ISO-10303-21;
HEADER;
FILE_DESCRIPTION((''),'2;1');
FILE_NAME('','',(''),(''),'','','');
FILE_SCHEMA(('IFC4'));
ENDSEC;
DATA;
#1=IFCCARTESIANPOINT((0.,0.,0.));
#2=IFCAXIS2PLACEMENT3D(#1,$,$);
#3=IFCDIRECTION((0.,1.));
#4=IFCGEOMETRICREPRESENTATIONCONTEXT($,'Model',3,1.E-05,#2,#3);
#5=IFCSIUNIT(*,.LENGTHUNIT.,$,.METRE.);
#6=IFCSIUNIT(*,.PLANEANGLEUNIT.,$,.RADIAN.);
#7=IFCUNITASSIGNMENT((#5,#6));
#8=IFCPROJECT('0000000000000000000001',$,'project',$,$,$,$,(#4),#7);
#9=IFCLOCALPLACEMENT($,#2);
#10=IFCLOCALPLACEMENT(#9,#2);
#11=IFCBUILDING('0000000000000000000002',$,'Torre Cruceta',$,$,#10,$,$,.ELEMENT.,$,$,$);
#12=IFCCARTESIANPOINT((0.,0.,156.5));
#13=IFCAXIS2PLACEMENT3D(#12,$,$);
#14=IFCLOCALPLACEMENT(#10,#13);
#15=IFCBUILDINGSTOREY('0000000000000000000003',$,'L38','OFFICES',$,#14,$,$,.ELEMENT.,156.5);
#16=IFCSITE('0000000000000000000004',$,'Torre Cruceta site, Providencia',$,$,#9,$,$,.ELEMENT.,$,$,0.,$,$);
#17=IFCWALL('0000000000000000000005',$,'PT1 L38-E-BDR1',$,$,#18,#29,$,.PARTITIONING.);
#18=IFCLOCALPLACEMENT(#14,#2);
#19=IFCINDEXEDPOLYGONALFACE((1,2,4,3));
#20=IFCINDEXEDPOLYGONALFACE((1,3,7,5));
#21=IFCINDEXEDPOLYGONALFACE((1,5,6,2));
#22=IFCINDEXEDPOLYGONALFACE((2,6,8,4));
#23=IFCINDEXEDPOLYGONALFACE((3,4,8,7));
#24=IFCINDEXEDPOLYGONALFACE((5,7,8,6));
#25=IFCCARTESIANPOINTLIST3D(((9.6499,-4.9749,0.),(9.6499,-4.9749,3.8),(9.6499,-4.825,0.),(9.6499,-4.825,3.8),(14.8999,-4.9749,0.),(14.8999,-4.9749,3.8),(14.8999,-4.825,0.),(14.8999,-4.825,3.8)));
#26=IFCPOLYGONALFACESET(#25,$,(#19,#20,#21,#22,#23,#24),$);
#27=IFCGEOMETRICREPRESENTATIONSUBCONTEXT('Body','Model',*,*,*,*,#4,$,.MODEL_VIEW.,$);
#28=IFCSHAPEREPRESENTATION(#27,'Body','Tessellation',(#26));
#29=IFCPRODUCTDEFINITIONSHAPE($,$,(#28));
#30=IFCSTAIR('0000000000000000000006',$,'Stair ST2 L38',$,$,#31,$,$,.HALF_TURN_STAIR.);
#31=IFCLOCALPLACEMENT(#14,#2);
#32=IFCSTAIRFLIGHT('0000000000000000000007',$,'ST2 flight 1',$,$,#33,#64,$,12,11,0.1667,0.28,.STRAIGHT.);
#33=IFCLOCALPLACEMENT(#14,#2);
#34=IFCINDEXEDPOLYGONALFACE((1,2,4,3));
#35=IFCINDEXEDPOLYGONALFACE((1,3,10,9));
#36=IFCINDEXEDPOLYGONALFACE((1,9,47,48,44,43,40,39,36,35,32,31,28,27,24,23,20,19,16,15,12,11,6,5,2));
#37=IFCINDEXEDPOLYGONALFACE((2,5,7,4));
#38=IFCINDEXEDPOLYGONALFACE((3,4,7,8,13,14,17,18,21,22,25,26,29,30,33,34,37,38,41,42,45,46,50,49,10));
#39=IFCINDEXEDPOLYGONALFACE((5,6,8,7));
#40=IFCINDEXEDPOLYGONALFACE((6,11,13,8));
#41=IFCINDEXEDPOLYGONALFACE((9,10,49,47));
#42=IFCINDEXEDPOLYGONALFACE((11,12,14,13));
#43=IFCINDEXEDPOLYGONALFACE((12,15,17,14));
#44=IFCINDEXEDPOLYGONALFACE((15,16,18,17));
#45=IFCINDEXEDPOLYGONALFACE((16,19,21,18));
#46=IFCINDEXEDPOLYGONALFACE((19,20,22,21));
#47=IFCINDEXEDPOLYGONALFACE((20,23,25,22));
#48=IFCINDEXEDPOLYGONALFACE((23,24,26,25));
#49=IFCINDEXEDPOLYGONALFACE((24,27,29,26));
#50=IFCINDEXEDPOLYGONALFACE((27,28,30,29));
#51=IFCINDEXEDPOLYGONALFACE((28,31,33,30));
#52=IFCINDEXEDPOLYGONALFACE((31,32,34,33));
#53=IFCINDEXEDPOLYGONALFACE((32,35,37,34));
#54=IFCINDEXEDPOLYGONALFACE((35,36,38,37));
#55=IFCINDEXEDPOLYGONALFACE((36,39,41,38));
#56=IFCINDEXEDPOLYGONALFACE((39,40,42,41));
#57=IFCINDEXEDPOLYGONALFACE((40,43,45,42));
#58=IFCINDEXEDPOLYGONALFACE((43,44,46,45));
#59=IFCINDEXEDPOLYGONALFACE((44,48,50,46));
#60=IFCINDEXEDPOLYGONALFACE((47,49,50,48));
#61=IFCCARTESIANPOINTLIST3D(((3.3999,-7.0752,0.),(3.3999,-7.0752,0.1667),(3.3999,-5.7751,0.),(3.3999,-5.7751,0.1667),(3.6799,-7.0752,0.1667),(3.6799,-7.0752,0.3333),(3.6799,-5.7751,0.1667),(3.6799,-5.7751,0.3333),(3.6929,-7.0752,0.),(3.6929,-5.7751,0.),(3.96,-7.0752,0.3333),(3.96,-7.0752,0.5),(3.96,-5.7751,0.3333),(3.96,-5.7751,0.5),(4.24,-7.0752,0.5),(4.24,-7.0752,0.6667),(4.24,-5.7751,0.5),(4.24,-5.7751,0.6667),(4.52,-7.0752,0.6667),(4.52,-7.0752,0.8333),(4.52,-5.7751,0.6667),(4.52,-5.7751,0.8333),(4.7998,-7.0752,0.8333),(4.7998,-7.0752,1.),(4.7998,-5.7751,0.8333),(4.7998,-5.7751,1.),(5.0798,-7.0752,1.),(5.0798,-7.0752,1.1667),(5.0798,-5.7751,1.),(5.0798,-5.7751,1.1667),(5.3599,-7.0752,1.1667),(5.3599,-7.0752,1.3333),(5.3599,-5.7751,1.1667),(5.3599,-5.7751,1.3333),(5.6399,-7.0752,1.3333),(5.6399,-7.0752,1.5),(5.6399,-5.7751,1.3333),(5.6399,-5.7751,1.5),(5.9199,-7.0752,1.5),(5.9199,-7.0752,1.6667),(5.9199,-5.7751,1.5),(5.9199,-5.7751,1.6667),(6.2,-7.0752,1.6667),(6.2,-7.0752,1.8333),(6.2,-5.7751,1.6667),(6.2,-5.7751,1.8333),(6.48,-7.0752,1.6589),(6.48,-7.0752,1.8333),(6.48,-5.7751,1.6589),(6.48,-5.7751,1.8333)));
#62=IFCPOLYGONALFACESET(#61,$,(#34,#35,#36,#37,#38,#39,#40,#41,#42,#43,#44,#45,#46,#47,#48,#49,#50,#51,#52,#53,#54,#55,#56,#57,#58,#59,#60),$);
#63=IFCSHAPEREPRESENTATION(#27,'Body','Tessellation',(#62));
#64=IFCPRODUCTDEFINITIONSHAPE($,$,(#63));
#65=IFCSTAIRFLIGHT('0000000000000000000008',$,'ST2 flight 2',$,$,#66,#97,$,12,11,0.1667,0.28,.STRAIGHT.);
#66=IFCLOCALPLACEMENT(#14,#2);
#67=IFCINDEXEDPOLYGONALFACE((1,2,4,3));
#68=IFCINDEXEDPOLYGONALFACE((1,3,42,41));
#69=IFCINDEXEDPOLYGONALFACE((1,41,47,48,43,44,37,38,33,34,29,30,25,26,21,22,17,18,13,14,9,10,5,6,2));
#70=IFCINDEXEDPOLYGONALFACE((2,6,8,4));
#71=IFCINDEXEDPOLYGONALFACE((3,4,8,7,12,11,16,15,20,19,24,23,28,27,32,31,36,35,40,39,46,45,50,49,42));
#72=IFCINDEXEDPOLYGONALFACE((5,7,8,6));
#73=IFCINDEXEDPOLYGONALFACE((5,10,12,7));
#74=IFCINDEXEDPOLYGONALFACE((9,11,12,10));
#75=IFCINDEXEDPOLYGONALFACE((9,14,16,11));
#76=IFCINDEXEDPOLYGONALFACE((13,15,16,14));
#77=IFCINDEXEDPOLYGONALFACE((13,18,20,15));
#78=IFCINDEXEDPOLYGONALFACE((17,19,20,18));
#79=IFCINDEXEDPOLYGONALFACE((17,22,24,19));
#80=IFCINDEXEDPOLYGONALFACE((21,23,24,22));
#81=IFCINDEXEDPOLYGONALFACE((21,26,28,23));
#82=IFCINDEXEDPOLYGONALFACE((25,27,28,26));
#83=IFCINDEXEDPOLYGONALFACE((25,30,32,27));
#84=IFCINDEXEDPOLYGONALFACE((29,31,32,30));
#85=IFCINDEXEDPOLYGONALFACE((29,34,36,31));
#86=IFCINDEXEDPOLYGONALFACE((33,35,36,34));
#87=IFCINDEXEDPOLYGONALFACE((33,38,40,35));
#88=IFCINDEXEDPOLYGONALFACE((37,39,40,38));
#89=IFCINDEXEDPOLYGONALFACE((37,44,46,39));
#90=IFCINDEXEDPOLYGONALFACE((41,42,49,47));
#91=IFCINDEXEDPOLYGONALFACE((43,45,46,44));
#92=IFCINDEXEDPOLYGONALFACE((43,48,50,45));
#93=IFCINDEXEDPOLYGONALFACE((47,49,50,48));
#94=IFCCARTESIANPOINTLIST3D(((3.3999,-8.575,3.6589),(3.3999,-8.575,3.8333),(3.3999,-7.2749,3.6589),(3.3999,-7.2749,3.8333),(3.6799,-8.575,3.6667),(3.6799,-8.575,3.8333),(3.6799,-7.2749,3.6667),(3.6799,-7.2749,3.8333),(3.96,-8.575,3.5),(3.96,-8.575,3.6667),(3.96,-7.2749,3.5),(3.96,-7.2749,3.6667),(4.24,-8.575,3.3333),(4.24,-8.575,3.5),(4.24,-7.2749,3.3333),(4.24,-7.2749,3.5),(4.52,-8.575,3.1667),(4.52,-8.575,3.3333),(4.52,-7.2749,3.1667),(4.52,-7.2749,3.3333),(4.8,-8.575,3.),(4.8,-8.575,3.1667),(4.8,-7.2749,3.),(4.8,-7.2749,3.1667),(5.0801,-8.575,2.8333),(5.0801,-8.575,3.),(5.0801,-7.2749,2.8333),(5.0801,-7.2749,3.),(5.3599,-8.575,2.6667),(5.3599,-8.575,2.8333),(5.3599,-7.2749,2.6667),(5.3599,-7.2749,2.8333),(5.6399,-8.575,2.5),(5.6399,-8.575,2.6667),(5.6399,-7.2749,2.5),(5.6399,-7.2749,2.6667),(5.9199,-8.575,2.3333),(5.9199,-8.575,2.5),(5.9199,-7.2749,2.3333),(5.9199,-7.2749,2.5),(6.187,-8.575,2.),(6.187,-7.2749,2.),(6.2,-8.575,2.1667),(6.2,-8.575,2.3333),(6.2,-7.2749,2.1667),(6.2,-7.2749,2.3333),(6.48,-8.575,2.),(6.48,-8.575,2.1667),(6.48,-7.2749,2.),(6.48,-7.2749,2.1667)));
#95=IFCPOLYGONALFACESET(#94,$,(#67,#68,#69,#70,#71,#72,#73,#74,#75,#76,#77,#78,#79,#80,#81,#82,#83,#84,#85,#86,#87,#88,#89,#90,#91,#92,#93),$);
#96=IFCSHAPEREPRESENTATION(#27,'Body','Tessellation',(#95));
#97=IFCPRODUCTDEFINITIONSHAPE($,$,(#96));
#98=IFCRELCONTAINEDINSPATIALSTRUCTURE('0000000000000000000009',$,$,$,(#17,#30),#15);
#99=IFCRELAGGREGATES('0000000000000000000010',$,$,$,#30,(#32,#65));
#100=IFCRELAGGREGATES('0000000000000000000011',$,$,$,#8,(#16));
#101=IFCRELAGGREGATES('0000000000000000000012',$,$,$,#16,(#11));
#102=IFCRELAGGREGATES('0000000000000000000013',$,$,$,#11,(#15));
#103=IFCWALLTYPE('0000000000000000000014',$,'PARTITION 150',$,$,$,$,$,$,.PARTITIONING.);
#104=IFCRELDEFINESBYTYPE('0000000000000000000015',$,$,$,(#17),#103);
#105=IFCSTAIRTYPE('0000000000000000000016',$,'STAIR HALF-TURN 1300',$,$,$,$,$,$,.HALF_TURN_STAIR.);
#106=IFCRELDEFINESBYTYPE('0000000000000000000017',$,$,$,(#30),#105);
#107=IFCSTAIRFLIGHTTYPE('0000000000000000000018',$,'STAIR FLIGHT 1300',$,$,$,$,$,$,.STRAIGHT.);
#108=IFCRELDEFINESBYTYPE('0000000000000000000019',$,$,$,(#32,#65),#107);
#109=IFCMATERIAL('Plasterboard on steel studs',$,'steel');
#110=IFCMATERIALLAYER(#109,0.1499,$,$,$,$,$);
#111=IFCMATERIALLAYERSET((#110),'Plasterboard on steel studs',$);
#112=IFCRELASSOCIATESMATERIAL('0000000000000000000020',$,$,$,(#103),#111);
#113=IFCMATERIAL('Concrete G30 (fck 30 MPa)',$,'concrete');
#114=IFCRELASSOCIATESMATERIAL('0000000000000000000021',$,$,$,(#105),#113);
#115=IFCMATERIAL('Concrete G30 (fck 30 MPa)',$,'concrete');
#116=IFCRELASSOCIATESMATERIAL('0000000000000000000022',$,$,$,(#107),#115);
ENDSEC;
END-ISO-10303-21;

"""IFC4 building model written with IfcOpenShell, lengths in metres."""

from ifc_helpers import new_model, si_unit, direction, frame, frame_2d, origin, place, context, subcontext, project, spatial, polyline, rectangle, outline, extrude, material, layer, layer_set, type_object, element, aggregate, save


model = new_model("IFC4")

# Units and contexts
model_context = context("Model", 3, precision=1e-05, world=origin(), true_north=direction((0.0, 1.0)))
body_context = subcontext(model_context, "Body", "Model", "MODEL_VIEW")
ifc_project = project(units=[si_unit("LENGTHUNIT", "METRE"), si_unit("PLANEANGLEUNIT", "RADIAN")], contexts=[model_context])

# Site, building, storey
site_placement = place(None, origin())
site = spatial("IfcSite", under=ifc_project, at=site_placement, Name="Torre Cruceta site, Providencia", CompositionType="ELEMENT", RefElevation=0.0)
building_placement = place(site_placement, origin())
building = spatial("IfcBuilding", under=site, at=building_placement, Name="Torre Cruceta", CompositionType="ELEMENT")
storey_placement = place(building_placement, frame((0.0, 0.0, 156.5)))
storey = spatial("IfcBuildingStorey", under=building, at=storey_placement, Name="L38", Description="OFFICES", CompositionType="ELEMENT", Elevation=156.5)

# Shared definitions
ifc_material_1 = material(Name="Plasterboard on steel studs", Category="steel")
ifc_layer_1 = layer(ifc_material_1, 0.1499)
ifc_layer_set_1 = layer_set([ifc_layer_1], Name="Plasterboard on steel studs")
wall_type_1 = type_object("IfcWallType", Name="PARTITION 150", PredefinedType="PARTITIONING", material=ifc_layer_set_1)

# Wall
wall_1_placement = place(storey_placement, frame((9.6499, -4.8999, 0.0), z_axis=(0.0, 0.0, 1.0), x_axis=(1.0, 0.0, 0.0)))
element("IfcWall", 1, at=wall_1_placement, inside=storey, type_object=wall_type_1, Name="PT1 L38-E-BDR1", PredefinedType="PARTITIONING", context=body_context, shape_type="SweptSolid", body=[
    extrude(rectangle(XDim=5.25, YDim=0.1499, at=frame_2d((2.625, 0.0))), origin(), (0.0, 0.0, 1.0), 3.8),
])

# Stair, stair flights
ifc_material_2 = material(Name="Concrete G30 (fck 30 MPa)", Category="concrete")
stair_type = type_object("IfcStairType", Name="STAIR HALF-TURN 1300", PredefinedType="HALF_TURN_STAIR", material=ifc_material_2)
stair_placement = place(storey_placement, origin())
stair = element("IfcStair", 2, at=stair_placement, inside=storey, type_object=stair_type, Name="Stair ST2 L38", PredefinedType="HALF_TURN_STAIR")
ifc_material_3 = material(Name="Concrete G30 (fck 30 MPa)", Category="concrete")
stair_flight_type = type_object("IfcStairFlightType", Name="STAIR FLIGHT 1300", PredefinedType="STRAIGHT", material=ifc_material_3)
stair_flight_1_placement = place(storey_placement, frame((3.3999, -6.425, 0.0), z_axis=(0.0, 0.0, 1.0), x_axis=(1.0, 0.0, 0.0)))
stair_flight_1 = element("IfcStairFlight", 3, at=stair_flight_1_placement, type_object=stair_flight_type, Name="ST2 flight 1", NumberOfRisers=12, NumberOfTreads=11, PredefinedType="STRAIGHT", RiserHeight=0.1667, TreadLength=0.28, context=body_context, shape_type="SweptSolid", body=[
    extrude(outline(polyline([(0.0, 0.0), (0.0, 0.1667), (0.28, 0.1667), (0.28, 0.3333), (0.5601, 0.3333), (0.5601, 0.5), (0.8401, 0.5), (0.8401, 0.6667), (1.1201, 0.6667), (1.1201, 0.8333), (1.3999, 0.8333), (1.3999, 1.0), (1.6799, 1.0), (1.6799, 1.1667), (1.96, 1.1667), (1.96, 1.3333), (2.24, 1.3333), (2.24, 1.5), (2.52, 1.5), (2.52, 1.6667), (2.8, 1.6667), (2.8, 1.8333), (3.0801, 1.8333), (3.0801, 2.0), (3.0801, 1.6589), (0.293, 0.0), (0.0, 0.0)])), frame((0.0, 0.6499, 0.0), z_axis=(0.0, -1.0, 0.0), x_axis=(1.0, 0.0, 0.0)), (0.0, 0.0, 1.0), 1.3),
])
stair_flight_2_placement = place(storey_placement, frame((6.48, -7.925, 2.0), z_axis=(0.0, 0.0, 1.0), x_axis=(-1.0, 0.0, 0.0)))
stair_flight_2 = element("IfcStairFlight", 4, at=stair_flight_2_placement, type_object=stair_flight_type, Name="ST2 flight 2", NumberOfRisers=12, NumberOfTreads=11, PredefinedType="STRAIGHT", RiserHeight=0.1667, TreadLength=0.28, context=body_context, shape_type="SweptSolid", body=[
    extrude(outline(polyline([(0.0, 0.0), (0.0, 0.1667), (0.28, 0.1667), (0.28, 0.3333), (0.5601, 0.3333), (0.5601, 0.5), (0.8401, 0.5), (0.8401, 0.6667), (1.1201, 0.6667), (1.1201, 0.8333), (1.3999, 0.8333), (1.3999, 1.0), (1.6799, 1.0), (1.6799, 1.1667), (1.96, 1.1667), (1.96, 1.3333), (2.24, 1.3333), (2.24, 1.5), (2.52, 1.5), (2.52, 1.6667), (2.8, 1.6667), (2.8, 1.8333), (3.0801, 1.8333), (3.0801, 2.0), (3.0801, 1.6589), (0.293, 0.0), (0.0, 0.0)])), frame((0.0, 0.6499, 0.0), z_axis=(0.0, -1.0, 0.0), x_axis=(1.0, 0.0, 0.0)), (0.0, 0.0, 1.0), 1.3),
])
aggregate(stair, [stair_flight_1, stair_flight_2])

save(model, "model.ifc")
